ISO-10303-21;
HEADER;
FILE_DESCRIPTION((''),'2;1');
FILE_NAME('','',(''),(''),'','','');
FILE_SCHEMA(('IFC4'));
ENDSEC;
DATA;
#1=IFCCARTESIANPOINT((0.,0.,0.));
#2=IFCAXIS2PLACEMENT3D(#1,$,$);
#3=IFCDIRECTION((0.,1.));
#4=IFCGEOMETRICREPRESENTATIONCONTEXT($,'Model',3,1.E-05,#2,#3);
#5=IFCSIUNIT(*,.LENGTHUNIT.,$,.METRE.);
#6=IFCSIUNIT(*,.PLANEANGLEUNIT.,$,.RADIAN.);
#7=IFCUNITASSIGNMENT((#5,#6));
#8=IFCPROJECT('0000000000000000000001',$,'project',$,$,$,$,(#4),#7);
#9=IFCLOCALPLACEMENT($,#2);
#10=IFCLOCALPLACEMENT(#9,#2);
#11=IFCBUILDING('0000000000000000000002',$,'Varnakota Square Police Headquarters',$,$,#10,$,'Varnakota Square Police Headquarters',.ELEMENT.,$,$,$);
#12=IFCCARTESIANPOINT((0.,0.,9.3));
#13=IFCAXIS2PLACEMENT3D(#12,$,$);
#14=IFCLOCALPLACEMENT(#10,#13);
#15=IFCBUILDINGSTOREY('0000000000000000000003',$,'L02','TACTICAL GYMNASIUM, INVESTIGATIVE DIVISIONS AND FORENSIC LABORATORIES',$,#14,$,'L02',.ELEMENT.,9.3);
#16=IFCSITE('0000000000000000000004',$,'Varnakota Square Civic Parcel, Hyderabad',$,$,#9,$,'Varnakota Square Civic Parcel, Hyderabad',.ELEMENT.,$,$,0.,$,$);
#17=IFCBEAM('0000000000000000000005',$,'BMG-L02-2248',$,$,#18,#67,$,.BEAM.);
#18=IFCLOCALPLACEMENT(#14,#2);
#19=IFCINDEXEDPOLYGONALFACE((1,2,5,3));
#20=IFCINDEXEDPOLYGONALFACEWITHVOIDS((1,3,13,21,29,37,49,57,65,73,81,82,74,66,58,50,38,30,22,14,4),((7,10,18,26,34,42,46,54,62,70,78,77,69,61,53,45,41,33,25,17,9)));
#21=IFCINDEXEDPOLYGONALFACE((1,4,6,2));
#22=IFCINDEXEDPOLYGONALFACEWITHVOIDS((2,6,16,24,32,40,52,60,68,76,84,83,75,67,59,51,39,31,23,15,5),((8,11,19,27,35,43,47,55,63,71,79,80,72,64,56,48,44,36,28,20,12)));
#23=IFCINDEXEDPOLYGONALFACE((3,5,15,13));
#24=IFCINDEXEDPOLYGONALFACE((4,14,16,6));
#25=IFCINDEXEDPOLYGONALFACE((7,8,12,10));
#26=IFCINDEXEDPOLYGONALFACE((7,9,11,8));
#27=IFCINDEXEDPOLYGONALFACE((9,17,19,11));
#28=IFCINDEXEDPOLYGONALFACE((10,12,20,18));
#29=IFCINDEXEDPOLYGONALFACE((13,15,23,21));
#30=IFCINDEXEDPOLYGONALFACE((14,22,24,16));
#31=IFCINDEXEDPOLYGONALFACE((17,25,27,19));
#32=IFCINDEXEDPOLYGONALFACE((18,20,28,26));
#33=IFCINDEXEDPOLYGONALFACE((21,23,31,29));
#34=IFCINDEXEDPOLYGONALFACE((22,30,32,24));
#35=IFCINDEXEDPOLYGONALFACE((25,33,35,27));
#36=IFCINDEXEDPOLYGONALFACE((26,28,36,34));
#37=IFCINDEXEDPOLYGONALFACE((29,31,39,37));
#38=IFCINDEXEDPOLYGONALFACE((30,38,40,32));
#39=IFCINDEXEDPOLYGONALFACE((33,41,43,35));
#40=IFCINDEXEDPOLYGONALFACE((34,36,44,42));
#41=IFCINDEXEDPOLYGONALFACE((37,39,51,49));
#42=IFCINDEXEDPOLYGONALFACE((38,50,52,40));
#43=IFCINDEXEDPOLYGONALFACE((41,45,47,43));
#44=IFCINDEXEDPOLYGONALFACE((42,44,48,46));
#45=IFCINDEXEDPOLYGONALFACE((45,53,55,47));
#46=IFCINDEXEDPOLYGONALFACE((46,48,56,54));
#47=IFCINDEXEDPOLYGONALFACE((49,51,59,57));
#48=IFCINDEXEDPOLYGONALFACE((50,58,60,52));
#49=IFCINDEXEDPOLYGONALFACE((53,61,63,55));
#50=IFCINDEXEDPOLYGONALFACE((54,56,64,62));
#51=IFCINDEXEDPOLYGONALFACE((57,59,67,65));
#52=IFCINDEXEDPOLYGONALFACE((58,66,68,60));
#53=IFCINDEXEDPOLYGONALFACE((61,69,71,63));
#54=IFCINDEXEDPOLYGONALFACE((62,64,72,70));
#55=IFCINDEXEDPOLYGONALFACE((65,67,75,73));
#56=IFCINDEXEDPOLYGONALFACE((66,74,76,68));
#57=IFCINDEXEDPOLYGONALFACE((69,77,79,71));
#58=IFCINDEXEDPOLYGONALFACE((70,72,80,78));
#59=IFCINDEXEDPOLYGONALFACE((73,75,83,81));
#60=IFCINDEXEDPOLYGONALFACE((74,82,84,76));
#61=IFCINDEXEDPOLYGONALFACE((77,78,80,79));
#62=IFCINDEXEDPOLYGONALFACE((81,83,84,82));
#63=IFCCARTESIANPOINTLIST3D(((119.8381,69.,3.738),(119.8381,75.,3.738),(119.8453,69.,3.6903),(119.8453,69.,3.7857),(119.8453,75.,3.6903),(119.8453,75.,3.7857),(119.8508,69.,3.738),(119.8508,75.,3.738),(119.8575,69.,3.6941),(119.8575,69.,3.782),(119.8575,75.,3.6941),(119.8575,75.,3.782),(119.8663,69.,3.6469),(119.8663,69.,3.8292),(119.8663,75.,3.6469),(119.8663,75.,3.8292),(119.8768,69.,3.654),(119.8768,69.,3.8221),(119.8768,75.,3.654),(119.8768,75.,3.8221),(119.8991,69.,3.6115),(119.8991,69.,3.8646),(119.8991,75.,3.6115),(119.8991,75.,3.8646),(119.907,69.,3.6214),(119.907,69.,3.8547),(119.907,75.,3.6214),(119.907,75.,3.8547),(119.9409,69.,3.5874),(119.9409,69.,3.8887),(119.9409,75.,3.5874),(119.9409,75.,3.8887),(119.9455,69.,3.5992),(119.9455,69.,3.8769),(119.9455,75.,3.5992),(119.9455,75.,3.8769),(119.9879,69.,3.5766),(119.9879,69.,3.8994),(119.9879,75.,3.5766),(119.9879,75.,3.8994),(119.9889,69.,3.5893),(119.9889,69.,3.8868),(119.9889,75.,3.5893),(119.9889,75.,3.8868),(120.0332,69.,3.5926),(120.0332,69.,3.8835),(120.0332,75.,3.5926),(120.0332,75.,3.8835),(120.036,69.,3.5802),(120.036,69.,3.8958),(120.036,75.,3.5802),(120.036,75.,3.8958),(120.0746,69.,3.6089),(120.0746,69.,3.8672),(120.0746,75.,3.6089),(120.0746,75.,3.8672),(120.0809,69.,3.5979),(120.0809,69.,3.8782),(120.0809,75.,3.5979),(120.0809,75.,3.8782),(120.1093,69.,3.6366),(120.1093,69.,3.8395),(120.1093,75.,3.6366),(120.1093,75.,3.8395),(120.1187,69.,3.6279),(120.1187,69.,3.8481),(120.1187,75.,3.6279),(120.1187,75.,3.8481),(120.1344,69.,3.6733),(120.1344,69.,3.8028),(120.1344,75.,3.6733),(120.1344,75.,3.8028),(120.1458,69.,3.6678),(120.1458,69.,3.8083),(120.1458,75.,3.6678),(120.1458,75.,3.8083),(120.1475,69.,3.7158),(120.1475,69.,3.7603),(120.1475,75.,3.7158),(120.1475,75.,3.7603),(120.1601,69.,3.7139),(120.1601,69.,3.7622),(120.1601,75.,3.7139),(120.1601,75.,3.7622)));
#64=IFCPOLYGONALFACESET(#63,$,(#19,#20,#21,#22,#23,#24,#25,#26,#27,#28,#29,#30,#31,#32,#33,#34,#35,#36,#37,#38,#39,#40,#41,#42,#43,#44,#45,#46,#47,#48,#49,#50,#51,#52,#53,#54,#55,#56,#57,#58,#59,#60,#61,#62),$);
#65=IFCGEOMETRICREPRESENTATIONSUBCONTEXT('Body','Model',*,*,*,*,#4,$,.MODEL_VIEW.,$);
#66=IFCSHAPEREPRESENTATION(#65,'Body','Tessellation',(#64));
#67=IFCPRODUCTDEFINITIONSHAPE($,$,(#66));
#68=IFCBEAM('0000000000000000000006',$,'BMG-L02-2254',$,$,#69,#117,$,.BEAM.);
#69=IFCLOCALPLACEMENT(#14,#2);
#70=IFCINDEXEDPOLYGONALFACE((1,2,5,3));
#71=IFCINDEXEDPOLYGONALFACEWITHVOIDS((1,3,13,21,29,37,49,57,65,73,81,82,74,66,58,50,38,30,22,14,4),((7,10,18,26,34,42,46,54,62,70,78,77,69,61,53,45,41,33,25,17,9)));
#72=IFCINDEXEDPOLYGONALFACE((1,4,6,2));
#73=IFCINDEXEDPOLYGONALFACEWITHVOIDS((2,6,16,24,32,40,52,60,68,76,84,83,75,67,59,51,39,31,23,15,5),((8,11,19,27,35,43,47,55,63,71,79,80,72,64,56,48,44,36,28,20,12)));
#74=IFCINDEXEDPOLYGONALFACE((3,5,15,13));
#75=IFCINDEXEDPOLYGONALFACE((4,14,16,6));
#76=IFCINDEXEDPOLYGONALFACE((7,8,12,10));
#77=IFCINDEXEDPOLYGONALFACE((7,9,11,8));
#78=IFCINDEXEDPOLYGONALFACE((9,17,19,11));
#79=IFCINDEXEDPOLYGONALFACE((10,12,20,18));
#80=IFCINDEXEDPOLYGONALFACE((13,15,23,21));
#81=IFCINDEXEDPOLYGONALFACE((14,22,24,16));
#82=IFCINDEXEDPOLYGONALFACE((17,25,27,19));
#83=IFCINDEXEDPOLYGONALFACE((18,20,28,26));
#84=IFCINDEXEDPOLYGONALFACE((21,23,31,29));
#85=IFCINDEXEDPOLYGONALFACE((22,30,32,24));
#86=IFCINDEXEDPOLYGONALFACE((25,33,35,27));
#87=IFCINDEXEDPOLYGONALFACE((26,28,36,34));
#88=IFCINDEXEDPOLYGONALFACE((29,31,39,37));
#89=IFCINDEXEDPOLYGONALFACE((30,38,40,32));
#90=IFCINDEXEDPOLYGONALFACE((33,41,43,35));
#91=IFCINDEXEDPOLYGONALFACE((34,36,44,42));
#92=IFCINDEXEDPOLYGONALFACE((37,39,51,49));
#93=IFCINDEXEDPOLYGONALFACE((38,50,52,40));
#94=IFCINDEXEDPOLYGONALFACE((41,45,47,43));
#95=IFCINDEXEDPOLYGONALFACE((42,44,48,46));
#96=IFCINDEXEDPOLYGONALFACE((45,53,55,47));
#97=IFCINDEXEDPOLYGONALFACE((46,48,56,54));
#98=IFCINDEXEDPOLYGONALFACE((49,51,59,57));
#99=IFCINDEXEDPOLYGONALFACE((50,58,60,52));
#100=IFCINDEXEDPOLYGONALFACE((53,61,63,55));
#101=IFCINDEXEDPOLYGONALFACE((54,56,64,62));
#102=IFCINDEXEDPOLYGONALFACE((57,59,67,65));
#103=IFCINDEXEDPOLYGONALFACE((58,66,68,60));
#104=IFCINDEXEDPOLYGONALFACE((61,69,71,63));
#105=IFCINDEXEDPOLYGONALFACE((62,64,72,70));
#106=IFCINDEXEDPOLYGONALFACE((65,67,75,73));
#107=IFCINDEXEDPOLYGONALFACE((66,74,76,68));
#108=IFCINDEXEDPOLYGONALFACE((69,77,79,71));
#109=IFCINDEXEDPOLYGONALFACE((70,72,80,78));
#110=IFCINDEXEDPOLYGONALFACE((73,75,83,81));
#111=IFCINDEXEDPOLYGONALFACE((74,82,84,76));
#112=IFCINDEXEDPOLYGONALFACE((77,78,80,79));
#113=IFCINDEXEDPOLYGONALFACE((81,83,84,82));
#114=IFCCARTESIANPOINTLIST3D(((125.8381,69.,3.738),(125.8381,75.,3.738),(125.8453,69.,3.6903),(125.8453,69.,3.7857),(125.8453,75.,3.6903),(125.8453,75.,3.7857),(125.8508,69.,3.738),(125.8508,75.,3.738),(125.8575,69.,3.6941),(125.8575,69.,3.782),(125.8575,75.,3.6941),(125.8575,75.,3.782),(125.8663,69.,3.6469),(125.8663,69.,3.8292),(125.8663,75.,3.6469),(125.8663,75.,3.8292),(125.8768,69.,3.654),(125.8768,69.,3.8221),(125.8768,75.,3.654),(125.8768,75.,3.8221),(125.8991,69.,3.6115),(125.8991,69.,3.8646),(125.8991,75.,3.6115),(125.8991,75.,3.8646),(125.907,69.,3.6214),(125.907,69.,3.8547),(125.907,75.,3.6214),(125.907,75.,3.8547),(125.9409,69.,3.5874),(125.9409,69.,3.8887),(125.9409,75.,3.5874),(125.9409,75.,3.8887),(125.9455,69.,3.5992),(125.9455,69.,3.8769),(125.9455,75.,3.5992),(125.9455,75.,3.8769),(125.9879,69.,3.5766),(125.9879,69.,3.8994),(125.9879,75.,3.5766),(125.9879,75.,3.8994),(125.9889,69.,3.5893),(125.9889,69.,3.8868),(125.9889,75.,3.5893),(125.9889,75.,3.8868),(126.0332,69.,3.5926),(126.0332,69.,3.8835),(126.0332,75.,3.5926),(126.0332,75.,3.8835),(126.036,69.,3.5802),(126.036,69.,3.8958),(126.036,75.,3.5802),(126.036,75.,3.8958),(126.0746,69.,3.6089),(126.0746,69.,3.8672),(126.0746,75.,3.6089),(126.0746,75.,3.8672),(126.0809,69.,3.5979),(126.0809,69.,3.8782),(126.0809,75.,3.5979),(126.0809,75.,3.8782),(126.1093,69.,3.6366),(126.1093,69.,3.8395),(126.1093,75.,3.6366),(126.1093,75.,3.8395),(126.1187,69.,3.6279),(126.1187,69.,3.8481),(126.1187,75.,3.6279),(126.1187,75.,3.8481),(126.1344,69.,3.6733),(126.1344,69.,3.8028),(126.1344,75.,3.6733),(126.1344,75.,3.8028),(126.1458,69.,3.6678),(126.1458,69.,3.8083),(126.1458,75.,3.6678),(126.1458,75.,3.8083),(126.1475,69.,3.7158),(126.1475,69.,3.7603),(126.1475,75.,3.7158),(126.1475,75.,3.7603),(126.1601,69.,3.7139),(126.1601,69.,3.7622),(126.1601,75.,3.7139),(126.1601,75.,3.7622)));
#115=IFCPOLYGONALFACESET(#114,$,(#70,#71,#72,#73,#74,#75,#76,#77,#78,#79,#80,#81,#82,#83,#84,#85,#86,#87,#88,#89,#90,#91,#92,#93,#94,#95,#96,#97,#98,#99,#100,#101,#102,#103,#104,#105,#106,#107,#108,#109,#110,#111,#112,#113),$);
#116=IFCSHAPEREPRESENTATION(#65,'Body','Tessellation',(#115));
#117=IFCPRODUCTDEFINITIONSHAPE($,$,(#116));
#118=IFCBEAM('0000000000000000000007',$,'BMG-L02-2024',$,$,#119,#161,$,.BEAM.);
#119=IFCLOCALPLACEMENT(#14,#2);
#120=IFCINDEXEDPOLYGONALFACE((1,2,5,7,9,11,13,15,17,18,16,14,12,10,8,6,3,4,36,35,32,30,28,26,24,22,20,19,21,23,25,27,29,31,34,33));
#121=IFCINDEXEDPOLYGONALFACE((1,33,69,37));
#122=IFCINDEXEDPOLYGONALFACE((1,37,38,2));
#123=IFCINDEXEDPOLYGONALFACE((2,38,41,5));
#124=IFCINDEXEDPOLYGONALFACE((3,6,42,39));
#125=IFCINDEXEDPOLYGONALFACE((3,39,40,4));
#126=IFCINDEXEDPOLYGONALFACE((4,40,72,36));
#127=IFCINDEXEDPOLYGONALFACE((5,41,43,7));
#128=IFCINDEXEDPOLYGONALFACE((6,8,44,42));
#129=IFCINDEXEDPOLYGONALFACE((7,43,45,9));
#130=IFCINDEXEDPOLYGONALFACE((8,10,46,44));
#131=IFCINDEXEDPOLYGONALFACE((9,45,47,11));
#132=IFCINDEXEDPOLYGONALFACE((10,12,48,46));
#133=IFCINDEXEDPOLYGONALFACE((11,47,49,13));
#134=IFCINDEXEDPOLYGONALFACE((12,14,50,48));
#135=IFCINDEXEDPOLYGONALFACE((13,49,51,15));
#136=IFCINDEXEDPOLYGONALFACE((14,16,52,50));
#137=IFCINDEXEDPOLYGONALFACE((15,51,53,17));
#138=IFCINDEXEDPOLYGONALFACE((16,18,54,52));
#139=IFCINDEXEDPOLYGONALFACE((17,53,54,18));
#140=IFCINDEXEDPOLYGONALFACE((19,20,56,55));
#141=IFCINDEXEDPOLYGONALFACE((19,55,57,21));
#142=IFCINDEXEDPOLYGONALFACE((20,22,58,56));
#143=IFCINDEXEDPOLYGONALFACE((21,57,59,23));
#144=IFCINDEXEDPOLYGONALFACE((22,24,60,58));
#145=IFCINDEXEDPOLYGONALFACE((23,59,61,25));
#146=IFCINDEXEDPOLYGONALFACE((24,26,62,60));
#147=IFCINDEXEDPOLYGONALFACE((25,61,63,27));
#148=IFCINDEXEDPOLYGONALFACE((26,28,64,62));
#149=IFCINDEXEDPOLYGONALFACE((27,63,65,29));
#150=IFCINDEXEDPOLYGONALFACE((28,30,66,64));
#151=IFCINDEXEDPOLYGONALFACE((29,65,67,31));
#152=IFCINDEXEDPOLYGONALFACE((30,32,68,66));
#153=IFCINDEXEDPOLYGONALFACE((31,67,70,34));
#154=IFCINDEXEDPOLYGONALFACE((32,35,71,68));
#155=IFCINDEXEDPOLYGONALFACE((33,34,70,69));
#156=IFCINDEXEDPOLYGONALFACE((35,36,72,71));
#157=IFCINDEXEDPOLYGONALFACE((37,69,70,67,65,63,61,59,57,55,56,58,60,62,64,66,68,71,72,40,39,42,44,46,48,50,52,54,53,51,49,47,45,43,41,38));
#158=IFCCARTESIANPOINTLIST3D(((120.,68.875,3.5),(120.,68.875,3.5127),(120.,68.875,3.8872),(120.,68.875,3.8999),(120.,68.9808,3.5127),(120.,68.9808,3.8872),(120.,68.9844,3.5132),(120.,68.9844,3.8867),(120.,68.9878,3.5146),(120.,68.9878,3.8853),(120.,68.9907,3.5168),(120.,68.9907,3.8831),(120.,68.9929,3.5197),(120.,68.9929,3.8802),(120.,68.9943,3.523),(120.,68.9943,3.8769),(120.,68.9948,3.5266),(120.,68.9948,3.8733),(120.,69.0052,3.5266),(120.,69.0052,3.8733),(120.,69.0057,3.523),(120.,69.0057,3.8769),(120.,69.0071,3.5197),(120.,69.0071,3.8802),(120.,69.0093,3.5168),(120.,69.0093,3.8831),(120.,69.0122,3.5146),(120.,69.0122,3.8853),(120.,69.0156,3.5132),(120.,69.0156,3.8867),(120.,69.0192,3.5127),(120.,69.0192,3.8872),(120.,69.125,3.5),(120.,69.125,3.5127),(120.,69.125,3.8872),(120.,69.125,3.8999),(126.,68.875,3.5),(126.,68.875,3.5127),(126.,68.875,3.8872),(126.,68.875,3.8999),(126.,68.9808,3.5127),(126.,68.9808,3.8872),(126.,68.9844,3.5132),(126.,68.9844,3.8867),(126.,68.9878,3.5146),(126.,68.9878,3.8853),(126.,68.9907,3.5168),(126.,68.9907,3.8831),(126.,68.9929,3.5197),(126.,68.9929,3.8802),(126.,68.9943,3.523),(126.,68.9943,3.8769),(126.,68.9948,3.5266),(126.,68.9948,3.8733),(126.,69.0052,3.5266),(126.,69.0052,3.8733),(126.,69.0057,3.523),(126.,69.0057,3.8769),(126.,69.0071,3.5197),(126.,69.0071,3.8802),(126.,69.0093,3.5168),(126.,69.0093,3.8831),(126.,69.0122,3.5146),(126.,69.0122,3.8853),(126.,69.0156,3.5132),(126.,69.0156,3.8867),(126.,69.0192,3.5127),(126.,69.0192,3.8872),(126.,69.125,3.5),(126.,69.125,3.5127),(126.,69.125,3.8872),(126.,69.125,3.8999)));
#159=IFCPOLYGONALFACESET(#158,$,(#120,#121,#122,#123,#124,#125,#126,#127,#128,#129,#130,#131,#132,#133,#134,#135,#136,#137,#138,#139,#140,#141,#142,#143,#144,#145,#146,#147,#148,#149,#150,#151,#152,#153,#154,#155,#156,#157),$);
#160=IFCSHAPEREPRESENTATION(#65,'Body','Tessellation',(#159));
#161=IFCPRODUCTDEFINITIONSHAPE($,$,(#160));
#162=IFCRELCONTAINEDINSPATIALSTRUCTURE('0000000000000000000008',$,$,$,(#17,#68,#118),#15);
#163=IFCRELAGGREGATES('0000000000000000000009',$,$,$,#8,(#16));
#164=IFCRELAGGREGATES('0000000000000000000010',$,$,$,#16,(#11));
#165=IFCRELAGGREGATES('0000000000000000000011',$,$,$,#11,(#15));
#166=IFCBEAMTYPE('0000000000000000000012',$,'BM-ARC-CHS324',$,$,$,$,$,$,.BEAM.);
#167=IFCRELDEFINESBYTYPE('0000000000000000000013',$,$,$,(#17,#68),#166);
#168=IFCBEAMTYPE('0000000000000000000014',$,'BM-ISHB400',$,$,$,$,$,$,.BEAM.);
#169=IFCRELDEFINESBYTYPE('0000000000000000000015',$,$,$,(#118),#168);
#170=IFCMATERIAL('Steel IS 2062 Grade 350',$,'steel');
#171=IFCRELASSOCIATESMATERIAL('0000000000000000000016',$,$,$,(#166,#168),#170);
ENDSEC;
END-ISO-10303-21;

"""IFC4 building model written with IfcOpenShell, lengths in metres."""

from ifc_helpers import new_model, si_unit, direction, frame, origin, origin_2d, place, context, subcontext, project, spatial, hollow_circle, i_section, extrude, material, material_profile, profile_set, type_object, element, save


model = new_model("IFC4")

# Units and contexts
model_context = context("Model", 3, precision=1e-05, world=origin(), true_north=direction((0.0, 1.0)))
body_context = subcontext(model_context, "Body", "Model", "MODEL_VIEW")
ifc_project = project(units=[si_unit("LENGTHUNIT", "METRE"), si_unit("PLANEANGLEUNIT", "RADIAN")], contexts=[model_context])

# Site, building, storey
site_placement = place(None, origin())
site = spatial("IfcSite", under=ifc_project, at=site_placement, Name="Varnakota Square Civic Parcel, Hyderabad", LongName="Varnakota Square Civic Parcel, Hyderabad", CompositionType="ELEMENT", RefElevation=0.0)
building_placement = place(site_placement, origin())
building = spatial("IfcBuilding", under=site, at=building_placement, Name="Varnakota Square Police Headquarters", LongName="Varnakota Square Police Headquarters", CompositionType="ELEMENT")
storey_placement = place(building_placement, frame((0.0, 0.0, 9.3)))
storey = spatial("IfcBuildingStorey", under=building, at=storey_placement, Name="L02", Description="TACTICAL GYMNASIUM, INVESTIGATIVE DIVISIONS AND FORENSIC LABORATORIES", LongName="L02", CompositionType="ELEMENT", Elevation=9.3)

# Shared definitions
ifc_material_1 = material(Name="Steel IS 2062 Grade 350", Category="steel")

# Beams
ifc_material_profile_1 = material_profile(ifc_material_1, hollow_circle(Radius=0.1619, WallThickness=0.0127, at=origin_2d()), Name="CHS 323.9x12.7")
ifc_profile_set_1 = profile_set([ifc_material_profile_1], Name="Steel IS 2062 Grade 350")
beam_type_1 = type_object("IfcBeamType", Name="BM-ARC-CHS324", PredefinedType="BEAM", material=ifc_profile_set_1)
for number, where, z_axis, x_axis, name in (
    (1, (120.0, 69.0, 3.738), (0.0, 1.0, 0.0), (-1.0, 0.0, 0.0), "BMG-L02-2248"),
    (2, (126.0, 69.0, 3.738), (0.0, 1.0, 0.0), (-1.0, 0.0, 0.0), "BMG-L02-2254"),
):
    element("IfcBeam", number, at=place(storey_placement, frame(where, z_axis=z_axis, x_axis=x_axis)), inside=storey, type_object=beam_type_1, Name=name, PredefinedType="BEAM", context=body_context, shape_type="SweptSolid", body=[
        extrude(hollow_circle(Radius=0.1619, WallThickness=0.0127, at=origin_2d()), origin(), (0.0, 0.0, 1.0), 6.0),
    ])
ifc_material_profile_2 = material_profile(ifc_material_1, i_section(OverallWidth=0.25, OverallDepth=0.3999, WebThickness=0.0105, FlangeThickness=0.0127, FilletRadius=0.0139, at=origin_2d()), Name="ISHB 400")
ifc_profile_set_2 = profile_set([ifc_material_profile_2], Name="Steel IS 2062 Grade 350")
beam_type_2 = type_object("IfcBeamType", Name="BM-ISHB400", PredefinedType="BEAM", material=ifc_profile_set_2)
beam_1_placement = place(storey_placement, frame((120.0, 69.0, 3.7), z_axis=(1.0, 0.0, 0.0), x_axis=(0.0, 1.0, 0.0)))
element("IfcBeam", 3, at=beam_1_placement, inside=storey, type_object=beam_type_2, Name="BMG-L02-2024", PredefinedType="BEAM", context=body_context, shape_type="SweptSolid", body=[
    extrude(i_section(OverallWidth=0.25, OverallDepth=0.3999, WebThickness=0.0105, FlangeThickness=0.0127, FilletRadius=0.0139, at=origin_2d()), origin(), (0.0, 0.0, 1.0), 6.0),
])

save(model, "model.ifc")
